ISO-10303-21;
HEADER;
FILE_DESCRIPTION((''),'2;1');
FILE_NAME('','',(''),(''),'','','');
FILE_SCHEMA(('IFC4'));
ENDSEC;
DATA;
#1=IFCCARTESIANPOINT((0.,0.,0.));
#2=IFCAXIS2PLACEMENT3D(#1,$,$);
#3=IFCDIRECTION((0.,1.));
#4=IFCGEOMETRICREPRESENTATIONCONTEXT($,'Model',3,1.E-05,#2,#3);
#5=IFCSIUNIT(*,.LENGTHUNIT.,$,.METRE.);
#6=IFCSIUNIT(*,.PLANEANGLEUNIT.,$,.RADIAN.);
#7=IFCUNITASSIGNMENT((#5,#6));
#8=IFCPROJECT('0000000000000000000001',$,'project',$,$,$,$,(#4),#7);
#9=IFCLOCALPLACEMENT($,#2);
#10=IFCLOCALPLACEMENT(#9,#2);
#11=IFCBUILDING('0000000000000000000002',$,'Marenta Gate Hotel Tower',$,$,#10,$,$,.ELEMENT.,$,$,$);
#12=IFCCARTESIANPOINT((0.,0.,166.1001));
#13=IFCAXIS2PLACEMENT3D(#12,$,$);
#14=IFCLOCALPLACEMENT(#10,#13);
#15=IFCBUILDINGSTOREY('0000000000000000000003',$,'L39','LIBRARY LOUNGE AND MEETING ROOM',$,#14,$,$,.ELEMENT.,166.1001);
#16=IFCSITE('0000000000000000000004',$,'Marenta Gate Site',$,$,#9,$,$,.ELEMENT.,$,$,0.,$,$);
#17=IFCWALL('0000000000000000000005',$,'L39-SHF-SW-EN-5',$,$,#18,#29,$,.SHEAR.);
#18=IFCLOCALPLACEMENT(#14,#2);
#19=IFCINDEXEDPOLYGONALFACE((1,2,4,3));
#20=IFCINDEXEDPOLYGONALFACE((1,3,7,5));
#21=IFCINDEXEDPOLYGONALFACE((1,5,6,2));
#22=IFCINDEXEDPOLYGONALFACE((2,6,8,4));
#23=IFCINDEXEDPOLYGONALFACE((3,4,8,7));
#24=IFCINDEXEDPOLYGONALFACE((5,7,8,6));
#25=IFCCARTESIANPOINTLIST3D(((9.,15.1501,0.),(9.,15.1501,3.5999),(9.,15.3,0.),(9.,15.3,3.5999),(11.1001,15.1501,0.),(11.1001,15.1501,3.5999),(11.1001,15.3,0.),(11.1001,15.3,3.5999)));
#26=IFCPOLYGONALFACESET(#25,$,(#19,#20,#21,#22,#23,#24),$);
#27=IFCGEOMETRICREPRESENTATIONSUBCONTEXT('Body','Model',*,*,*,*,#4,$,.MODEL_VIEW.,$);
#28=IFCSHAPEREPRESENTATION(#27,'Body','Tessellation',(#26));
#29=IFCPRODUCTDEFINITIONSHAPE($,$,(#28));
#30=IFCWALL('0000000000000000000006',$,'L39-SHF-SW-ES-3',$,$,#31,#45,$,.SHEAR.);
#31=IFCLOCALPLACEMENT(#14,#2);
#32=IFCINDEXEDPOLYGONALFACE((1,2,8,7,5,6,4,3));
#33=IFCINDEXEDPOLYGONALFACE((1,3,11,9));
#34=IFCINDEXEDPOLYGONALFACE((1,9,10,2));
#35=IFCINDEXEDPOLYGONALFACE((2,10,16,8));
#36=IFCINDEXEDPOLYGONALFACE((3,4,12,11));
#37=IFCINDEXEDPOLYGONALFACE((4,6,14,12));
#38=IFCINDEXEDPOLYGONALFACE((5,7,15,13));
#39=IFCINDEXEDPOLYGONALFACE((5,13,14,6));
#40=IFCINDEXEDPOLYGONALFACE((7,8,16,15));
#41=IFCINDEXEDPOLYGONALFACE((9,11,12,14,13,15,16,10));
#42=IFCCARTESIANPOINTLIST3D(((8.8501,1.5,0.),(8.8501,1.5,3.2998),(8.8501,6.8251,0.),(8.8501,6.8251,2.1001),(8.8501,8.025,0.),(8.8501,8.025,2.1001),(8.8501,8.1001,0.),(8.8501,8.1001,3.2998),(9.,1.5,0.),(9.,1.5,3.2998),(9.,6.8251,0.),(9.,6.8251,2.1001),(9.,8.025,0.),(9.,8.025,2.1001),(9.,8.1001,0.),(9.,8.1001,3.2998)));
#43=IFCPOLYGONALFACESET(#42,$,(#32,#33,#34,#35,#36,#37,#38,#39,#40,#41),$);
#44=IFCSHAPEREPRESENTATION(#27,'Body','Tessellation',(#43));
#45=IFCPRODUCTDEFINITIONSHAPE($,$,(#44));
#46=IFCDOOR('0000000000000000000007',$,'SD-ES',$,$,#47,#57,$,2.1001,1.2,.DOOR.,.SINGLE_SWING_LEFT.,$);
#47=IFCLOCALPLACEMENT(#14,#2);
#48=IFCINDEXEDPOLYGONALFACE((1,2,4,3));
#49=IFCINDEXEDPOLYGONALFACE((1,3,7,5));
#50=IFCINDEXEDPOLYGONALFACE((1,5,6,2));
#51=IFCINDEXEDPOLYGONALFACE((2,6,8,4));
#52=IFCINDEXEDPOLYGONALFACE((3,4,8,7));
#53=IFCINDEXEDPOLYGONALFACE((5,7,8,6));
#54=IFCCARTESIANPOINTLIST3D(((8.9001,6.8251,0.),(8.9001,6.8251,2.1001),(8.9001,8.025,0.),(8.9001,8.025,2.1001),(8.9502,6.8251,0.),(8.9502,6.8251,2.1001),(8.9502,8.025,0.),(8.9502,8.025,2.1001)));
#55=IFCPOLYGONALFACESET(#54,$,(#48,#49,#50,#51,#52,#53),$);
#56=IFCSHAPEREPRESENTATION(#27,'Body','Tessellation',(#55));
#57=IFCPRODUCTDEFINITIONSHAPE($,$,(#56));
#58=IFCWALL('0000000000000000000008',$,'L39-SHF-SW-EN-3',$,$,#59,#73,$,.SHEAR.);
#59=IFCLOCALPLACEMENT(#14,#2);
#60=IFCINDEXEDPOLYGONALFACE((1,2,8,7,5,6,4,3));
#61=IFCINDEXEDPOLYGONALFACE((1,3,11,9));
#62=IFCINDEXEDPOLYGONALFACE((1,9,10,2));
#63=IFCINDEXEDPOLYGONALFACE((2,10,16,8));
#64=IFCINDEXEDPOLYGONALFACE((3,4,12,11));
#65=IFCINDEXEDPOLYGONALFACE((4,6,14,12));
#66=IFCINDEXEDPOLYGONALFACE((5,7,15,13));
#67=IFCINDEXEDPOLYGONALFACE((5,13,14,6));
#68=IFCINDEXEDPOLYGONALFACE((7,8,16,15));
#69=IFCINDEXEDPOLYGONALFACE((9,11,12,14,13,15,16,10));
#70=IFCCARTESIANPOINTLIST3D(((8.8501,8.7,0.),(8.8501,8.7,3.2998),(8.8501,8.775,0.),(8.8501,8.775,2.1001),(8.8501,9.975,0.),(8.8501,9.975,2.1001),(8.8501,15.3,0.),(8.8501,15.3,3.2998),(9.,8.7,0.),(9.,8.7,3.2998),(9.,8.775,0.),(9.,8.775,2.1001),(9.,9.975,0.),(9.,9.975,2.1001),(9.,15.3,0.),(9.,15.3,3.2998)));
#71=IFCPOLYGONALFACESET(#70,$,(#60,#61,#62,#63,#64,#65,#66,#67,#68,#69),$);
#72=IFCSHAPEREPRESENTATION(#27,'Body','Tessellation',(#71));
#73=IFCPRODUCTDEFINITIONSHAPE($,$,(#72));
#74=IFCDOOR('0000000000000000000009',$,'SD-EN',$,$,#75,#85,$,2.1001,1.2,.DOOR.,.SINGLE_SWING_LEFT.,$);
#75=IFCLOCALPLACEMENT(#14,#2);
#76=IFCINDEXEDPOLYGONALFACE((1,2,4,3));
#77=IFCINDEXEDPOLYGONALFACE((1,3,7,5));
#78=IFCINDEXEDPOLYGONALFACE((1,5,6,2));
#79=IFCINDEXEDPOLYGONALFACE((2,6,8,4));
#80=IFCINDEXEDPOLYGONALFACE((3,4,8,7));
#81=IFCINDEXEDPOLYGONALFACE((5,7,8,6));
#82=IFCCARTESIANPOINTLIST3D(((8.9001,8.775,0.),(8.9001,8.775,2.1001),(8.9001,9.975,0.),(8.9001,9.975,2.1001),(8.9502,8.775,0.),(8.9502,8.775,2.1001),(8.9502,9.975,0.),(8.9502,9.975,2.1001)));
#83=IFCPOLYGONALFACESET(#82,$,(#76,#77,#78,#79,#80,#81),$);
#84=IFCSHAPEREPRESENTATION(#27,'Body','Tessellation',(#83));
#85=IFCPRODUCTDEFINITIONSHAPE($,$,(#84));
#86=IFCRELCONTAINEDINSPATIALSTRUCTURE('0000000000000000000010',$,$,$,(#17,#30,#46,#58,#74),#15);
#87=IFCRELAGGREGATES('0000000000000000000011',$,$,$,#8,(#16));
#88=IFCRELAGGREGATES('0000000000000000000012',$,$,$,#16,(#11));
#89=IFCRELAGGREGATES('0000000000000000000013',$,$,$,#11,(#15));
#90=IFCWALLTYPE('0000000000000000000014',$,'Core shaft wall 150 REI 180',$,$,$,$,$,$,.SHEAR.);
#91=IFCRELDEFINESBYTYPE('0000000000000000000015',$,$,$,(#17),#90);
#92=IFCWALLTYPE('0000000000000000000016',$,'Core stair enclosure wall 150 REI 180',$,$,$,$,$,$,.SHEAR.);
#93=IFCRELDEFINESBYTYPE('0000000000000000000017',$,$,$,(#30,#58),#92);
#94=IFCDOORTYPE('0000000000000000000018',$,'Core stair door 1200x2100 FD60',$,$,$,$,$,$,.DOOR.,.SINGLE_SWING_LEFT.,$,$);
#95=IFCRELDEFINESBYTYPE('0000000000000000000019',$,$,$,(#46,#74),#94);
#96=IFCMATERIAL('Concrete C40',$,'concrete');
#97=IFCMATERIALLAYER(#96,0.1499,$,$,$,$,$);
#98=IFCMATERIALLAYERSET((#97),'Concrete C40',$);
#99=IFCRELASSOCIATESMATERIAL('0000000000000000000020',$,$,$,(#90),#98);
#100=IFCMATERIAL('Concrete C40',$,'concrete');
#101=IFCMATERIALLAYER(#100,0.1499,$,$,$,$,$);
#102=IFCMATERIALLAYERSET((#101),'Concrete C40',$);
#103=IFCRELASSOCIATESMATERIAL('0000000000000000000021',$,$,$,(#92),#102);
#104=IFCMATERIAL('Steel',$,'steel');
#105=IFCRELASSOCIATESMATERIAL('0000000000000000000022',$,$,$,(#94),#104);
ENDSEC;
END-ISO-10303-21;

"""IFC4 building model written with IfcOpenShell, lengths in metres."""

from ifc_helpers import new_model, si_unit, direction, frame, frame_2d, origin, place, context, subcontext, project, spatial, rectangle, extrude, material, layer, layer_set, type_object, element, fill, save


model = new_model("IFC4")

# Units and contexts
model_context = context("Model", 3, precision=1e-05, world=origin(), true_north=direction((0.0, 1.0)))
body_context = subcontext(model_context, "Body", "Model", "MODEL_VIEW")
ifc_project = project(units=[si_unit("LENGTHUNIT", "METRE"), si_unit("PLANEANGLEUNIT", "RADIAN")], contexts=[model_context])

# Site, building, storey
site_placement = place(None, origin())
site = spatial("IfcSite", under=ifc_project, at=site_placement, Name="Marenta Gate Site", CompositionType="ELEMENT", RefElevation=0.0)
building_placement = place(site_placement, origin())
building = spatial("IfcBuilding", under=site, at=building_placement, Name="Marenta Gate Hotel Tower", CompositionType="ELEMENT")
storey_placement = place(building_placement, frame((0.0, 0.0, 166.1001)))
storey = spatial("IfcBuildingStorey", under=building, at=storey_placement, Name="L39", Description="LIBRARY LOUNGE AND MEETING ROOM", CompositionType="ELEMENT", Elevation=166.1001)

# Wall
ifc_material_1 = material(Name="Concrete C40", Category="concrete")
ifc_layer_1 = layer(ifc_material_1, 0.1499)
ifc_layer_set_1 = layer_set([ifc_layer_1], Name="Concrete C40")
wall_type_1 = type_object("IfcWallType", Name="Core shaft wall 150 REI 180", PredefinedType="SHEAR", material=ifc_layer_set_1)
for number, where, z_axis, x_axis, name in (
    (1, (9.0, 15.2251, 0.0), (0.0, 0.0, 1.0), (1.0, 0.0, 0.0), "L39-SHF-SW-EN-5"),
):
    element("IfcWall", number, at=place(storey_placement, frame(where, z_axis=z_axis, x_axis=x_axis)), inside=storey, type_object=wall_type_1, Name=name, PredefinedType="SHEAR", context=body_context, shape_type="SweptSolid", body=[
        extrude(rectangle(XDim=2.1001, YDim=0.1499, at=frame_2d((1.05, 0.0))), origin(), (0.0, 0.0, 1.0), 3.5999),
    ])

# Walls, openings, doors
ifc_material_2 = material(Name="Concrete C40", Category="concrete")
ifc_layer_2 = layer(ifc_material_2, 0.1499)
ifc_layer_set_2 = layer_set([ifc_layer_2], Name="Concrete C40")
wall_type_2 = type_object("IfcWallType", Name="Core stair enclosure wall 150 REI 180", PredefinedType="SHEAR", material=ifc_layer_set_2)
wall_1_placement = place(storey_placement, frame((8.925, 1.5, 0.0), z_axis=(0.0, 0.0, 1.0), x_axis=(0.0, 1.0, 0.0)))
wall_1 = element("IfcWall", 2, at=wall_1_placement, inside=storey, type_object=wall_type_2, Name="L39-SHF-SW-ES-3", PredefinedType="SHEAR", context=body_context, shape_type="SweptSolid", body=[
    extrude(rectangle(XDim=6.6001, YDim=0.1499, at=frame_2d((3.3, 0.0))), origin(), (0.0, 0.0, 1.0), 3.2998),
])
opening_1_placement = place(wall_1_placement, frame((5.325, 0.0, 0.0)))
opening_1 = element("IfcOpeningElement", 3, at=opening_1_placement, cuts=wall_1, PredefinedType="OPENING", context=body_context, shape_type="SweptSolid", body=[
    extrude(rectangle(XDim=1.2, YDim=2.1001, at=frame_2d((0.6001, 1.05))), frame((0.0, 0.075, 0.0), z_axis=(0.0, -1.0, 0.0), x_axis=(1.0, 0.0, 0.0)), (0.0, 0.0, 1.0), 0.1499),
])
ifc_material_3 = material(Name="Steel", Category="steel")
door_type_1 = type_object("IfcDoorType", Name="Core stair door 1200x2100 FD60", OperationType="SINGLE_SWING_LEFT", PredefinedType="DOOR", material=ifc_material_3)
door_1_placement = place(opening_1_placement, origin())
door_1 = element("IfcDoor", 4, at=door_1_placement, inside=storey, type_object=door_type_1, Name="SD-ES", OperationType="SINGLE_SWING_LEFT", OverallHeight=2.1001, OverallWidth=1.2, PredefinedType="DOOR", context=body_context, shape_type="SweptSolid", body=[
    extrude(rectangle(XDim=1.2, YDim=2.1001, at=frame_2d((0.6001, 1.05))), frame((0.0, 0.0249, 0.0), z_axis=(0.0, -1.0, 0.0), x_axis=(1.0, 0.0, 0.0)), (0.0, 0.0, 1.0), 0.05),
])
fill(opening_1, door_1)
wall_2_placement = place(storey_placement, frame((8.925, 8.7, 0.0), z_axis=(0.0, 0.0, 1.0), x_axis=(0.0, 1.0, 0.0)))
wall_2 = element("IfcWall", 5, at=wall_2_placement, inside=storey, type_object=wall_type_2, Name="L39-SHF-SW-EN-3", PredefinedType="SHEAR", context=body_context, shape_type="SweptSolid", body=[
    extrude(rectangle(XDim=6.6001, YDim=0.1499, at=frame_2d((3.3, 0.0))), origin(), (0.0, 0.0, 1.0), 3.2998),
])
opening_2_placement = place(wall_2_placement, frame((0.075, 0.0, 0.0)))
opening_2 = element("IfcOpeningElement", 6, at=opening_2_placement, cuts=wall_2, PredefinedType="OPENING", context=body_context, shape_type="SweptSolid", body=[
    extrude(rectangle(XDim=1.2, YDim=2.1001, at=frame_2d((0.6001, 1.05))), frame((0.0, 0.075, 0.0), z_axis=(0.0, -1.0, 0.0), x_axis=(1.0, 0.0, 0.0)), (0.0, 0.0, 1.0), 0.1499),
])
door_2_placement = place(opening_2_placement, origin())
door_2 = element("IfcDoor", 7, at=door_2_placement, inside=storey, type_object=door_type_1, Name="SD-EN", OperationType="SINGLE_SWING_LEFT", OverallHeight=2.1001, OverallWidth=1.2, PredefinedType="DOOR", context=body_context, shape_type="SweptSolid", body=[
    extrude(rectangle(XDim=1.2, YDim=2.1001, at=frame_2d((0.6001, 1.05))), frame((0.0, 0.0249, 0.0), z_axis=(0.0, -1.0, 0.0), x_axis=(1.0, 0.0, 0.0)), (0.0, 0.0, 1.0), 0.05),
])
fill(opening_2, door_2)

save(model, "model.ifc")
